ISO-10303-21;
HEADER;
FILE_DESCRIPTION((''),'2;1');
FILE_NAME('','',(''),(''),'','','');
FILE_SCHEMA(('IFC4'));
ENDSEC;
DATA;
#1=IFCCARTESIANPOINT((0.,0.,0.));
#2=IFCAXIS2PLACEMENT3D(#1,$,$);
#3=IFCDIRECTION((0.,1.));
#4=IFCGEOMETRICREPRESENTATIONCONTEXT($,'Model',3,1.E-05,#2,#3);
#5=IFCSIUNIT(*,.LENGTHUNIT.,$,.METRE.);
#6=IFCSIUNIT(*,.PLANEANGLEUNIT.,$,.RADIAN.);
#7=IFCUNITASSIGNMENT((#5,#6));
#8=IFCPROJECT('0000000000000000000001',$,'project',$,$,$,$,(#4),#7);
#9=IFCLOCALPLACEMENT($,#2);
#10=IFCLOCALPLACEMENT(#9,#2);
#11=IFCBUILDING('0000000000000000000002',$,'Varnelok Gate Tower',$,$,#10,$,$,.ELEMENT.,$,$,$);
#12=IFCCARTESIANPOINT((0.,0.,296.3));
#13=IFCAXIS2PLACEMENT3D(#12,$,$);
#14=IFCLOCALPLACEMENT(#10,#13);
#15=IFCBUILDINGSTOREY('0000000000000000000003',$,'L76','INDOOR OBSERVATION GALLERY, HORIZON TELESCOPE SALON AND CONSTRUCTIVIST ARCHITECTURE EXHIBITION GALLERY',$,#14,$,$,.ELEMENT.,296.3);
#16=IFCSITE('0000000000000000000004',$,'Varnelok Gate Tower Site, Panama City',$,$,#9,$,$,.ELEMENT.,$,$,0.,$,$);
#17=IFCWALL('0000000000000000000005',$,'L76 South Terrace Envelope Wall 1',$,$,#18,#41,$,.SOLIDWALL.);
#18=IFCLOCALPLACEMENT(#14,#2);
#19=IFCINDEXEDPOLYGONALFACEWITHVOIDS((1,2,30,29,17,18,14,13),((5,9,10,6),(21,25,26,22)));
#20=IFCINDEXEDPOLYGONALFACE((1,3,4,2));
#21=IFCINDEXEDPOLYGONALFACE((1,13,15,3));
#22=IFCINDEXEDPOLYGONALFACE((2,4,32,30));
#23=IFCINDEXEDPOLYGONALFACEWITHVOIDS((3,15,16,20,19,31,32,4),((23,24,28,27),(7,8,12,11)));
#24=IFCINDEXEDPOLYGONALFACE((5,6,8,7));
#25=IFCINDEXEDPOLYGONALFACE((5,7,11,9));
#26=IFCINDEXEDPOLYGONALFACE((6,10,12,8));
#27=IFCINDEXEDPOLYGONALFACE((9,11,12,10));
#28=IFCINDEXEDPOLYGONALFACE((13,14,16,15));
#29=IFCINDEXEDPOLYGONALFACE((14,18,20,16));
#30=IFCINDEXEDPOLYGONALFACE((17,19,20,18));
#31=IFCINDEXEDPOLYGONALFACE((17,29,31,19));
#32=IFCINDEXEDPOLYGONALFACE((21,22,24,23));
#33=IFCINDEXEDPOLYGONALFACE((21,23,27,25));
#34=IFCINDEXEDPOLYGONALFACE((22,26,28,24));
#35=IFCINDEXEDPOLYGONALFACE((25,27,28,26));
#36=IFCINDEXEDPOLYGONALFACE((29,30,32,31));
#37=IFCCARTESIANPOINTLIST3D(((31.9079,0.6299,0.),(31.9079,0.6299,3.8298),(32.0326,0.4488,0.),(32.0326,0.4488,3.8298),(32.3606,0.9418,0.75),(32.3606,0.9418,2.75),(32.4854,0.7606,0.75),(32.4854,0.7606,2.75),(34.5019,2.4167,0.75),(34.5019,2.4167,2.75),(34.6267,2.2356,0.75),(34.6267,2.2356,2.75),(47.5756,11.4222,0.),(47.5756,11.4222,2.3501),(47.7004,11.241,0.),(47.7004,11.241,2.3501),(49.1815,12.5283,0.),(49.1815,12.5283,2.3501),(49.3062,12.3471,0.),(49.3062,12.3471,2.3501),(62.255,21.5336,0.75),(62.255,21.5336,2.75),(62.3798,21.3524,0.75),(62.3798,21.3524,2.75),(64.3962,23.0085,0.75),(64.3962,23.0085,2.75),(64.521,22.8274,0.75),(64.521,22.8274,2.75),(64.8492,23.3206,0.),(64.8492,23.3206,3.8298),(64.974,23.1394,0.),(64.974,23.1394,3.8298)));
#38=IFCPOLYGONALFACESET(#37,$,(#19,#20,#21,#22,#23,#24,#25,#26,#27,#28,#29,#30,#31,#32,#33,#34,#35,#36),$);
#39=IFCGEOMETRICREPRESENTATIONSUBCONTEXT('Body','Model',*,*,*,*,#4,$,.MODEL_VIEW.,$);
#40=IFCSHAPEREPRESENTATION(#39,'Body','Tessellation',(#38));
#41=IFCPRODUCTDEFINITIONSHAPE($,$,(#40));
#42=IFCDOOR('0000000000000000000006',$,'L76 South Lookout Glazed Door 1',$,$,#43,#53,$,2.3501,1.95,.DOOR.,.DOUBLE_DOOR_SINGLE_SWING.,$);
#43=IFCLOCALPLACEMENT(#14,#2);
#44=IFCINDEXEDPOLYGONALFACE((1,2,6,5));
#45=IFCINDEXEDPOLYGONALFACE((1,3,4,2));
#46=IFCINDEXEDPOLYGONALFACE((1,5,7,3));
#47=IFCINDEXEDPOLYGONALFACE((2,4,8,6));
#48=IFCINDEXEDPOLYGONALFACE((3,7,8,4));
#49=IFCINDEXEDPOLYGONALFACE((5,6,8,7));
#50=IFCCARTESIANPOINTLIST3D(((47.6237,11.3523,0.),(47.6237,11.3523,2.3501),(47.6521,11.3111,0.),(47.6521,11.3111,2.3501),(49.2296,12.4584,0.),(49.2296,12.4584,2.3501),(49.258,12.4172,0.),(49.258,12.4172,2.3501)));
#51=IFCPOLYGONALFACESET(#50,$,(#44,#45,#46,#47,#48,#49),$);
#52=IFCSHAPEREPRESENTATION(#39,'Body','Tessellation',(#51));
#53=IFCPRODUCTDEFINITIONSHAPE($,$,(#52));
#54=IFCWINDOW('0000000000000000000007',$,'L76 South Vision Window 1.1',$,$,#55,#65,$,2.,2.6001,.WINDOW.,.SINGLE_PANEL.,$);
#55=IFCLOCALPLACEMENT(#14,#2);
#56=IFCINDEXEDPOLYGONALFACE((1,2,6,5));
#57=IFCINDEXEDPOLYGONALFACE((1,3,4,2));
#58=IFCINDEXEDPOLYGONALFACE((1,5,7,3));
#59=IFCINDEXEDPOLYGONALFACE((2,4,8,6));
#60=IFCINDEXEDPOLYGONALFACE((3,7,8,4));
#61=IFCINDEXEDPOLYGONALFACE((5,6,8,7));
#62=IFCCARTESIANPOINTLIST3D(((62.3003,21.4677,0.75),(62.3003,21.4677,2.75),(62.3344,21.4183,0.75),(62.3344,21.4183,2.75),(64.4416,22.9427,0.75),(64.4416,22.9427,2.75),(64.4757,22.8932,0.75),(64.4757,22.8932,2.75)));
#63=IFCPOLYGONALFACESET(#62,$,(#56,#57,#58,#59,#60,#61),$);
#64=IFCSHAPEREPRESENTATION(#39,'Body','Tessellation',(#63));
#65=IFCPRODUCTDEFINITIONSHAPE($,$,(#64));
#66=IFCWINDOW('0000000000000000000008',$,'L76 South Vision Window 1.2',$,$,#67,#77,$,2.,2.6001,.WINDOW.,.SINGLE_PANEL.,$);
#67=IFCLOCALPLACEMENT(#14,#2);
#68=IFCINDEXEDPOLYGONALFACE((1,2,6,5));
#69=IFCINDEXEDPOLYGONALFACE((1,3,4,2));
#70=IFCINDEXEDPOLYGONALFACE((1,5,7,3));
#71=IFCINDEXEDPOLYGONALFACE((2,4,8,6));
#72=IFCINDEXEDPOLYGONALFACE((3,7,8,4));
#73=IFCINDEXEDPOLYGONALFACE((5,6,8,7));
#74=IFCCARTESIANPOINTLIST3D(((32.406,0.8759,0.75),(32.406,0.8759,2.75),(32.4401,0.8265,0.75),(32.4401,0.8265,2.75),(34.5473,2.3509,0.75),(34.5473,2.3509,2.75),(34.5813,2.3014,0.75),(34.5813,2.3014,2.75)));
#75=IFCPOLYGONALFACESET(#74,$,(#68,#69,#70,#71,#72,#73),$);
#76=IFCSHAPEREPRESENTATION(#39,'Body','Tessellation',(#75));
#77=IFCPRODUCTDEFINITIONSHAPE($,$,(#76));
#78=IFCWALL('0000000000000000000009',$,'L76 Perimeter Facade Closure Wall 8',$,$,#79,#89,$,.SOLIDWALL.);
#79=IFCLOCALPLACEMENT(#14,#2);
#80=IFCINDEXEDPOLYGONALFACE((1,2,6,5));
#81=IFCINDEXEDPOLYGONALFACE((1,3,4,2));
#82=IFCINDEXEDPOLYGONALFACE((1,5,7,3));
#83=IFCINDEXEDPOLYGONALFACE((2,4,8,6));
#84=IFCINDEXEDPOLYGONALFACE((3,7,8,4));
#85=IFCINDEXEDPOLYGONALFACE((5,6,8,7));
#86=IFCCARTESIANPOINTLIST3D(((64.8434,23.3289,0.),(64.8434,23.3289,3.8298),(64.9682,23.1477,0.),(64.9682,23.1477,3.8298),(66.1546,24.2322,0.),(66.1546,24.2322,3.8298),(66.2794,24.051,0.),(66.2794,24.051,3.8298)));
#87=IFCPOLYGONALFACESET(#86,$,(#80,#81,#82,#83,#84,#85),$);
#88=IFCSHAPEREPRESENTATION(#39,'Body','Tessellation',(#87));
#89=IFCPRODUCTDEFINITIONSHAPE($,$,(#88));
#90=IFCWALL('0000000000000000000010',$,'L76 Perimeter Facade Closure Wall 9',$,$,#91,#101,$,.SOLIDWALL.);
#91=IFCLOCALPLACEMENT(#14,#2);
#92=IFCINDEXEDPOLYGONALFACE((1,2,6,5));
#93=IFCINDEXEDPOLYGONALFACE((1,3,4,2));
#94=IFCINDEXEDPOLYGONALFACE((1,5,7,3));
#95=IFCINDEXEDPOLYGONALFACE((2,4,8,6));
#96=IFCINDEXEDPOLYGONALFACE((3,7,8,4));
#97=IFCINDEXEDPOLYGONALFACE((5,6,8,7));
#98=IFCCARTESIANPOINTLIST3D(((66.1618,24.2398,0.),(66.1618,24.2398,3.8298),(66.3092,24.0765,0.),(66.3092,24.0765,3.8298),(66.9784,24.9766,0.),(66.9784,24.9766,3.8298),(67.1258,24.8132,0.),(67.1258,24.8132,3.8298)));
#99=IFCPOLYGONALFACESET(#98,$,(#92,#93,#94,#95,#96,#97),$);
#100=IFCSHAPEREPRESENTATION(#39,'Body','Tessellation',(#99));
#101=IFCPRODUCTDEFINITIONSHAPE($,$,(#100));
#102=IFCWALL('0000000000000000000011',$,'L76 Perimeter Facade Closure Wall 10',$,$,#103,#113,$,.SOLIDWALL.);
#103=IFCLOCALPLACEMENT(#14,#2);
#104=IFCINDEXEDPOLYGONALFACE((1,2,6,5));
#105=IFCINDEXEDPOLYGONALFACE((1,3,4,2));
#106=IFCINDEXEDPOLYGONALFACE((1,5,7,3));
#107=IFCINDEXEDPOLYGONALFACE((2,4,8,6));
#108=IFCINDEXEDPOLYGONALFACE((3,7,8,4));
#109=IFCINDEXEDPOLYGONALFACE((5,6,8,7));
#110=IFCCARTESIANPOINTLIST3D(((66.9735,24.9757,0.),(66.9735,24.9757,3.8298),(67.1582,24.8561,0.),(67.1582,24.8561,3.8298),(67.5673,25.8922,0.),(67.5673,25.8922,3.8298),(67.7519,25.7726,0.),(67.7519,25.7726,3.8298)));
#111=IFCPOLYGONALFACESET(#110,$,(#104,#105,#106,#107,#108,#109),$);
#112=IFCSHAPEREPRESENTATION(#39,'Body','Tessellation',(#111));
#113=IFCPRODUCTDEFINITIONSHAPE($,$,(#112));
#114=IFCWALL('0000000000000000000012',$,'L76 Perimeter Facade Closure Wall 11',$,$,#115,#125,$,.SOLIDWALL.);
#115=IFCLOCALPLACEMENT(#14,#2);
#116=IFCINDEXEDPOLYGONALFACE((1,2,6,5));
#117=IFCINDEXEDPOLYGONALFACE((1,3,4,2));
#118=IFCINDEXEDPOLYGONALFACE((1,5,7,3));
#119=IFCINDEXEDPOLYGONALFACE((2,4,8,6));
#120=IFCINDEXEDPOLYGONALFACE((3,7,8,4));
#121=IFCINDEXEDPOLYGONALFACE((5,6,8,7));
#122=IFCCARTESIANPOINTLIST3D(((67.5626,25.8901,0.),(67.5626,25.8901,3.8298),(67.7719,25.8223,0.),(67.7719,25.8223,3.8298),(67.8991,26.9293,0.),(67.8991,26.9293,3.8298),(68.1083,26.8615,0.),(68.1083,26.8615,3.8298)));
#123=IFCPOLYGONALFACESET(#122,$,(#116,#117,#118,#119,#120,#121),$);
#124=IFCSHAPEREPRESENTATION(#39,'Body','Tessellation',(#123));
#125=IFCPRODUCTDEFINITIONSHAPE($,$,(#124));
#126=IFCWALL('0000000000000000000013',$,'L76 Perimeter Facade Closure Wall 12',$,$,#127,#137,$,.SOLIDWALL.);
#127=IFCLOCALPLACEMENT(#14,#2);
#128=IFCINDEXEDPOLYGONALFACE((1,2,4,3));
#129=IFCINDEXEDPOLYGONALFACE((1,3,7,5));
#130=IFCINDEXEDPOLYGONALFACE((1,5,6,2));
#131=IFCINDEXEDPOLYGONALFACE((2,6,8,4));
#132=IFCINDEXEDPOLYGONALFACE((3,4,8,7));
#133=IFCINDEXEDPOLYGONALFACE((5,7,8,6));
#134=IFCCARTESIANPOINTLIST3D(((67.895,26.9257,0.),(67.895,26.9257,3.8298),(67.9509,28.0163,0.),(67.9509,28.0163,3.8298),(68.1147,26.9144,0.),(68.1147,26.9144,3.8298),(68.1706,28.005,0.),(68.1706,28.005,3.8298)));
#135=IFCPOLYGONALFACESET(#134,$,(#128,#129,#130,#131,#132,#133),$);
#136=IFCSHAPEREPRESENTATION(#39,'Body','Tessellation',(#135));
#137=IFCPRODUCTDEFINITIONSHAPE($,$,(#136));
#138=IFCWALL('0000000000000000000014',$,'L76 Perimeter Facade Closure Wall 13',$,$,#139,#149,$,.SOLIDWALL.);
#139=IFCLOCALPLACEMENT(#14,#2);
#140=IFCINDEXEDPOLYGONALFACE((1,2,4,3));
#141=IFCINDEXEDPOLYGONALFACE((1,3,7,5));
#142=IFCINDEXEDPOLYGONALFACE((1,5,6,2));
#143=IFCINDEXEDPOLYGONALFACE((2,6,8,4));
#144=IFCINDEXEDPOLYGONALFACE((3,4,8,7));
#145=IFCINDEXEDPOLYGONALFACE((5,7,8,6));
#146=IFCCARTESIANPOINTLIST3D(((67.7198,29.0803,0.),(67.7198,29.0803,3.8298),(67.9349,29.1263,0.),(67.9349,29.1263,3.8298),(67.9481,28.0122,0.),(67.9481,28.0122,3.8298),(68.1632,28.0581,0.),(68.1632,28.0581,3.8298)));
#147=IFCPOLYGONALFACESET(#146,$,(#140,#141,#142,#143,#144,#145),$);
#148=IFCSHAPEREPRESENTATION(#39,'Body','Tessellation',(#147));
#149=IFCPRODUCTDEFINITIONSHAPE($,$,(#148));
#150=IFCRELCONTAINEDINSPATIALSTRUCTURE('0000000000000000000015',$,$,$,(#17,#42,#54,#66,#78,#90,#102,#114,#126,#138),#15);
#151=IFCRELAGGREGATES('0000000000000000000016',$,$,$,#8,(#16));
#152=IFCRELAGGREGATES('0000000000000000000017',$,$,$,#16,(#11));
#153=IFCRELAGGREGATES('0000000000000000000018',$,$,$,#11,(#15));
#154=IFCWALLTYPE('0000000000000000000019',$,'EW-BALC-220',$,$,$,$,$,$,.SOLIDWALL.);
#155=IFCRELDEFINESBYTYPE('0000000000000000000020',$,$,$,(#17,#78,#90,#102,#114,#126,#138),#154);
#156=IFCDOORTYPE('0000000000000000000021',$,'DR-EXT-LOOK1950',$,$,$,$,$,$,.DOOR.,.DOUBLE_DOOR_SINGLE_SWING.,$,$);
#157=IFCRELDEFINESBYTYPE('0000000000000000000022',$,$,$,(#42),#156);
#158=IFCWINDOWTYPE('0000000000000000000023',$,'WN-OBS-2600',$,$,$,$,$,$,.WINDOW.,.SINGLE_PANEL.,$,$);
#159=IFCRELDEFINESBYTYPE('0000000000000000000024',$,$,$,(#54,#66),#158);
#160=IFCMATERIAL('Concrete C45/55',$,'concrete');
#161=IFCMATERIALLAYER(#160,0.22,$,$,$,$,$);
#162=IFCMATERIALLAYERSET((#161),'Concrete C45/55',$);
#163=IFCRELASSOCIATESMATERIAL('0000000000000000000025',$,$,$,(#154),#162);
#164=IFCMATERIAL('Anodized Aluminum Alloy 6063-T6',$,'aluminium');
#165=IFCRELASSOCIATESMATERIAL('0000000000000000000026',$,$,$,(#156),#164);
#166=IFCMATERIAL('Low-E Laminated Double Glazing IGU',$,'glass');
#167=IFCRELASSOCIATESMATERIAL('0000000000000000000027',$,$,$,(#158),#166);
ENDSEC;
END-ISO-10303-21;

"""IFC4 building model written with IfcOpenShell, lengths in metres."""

from ifc_helpers import new_model, si_unit, direction, frame, frame_2d, origin, place, context, subcontext, project, spatial, rectangle, extrude, material, layer, layer_set, type_object, element, fill, save


model = new_model("IFC4")

# Units and contexts
model_context = context("Model", 3, precision=1e-05, world=origin(), true_north=direction((0.0, 1.0)))
body_context = subcontext(model_context, "Body", "Model", "MODEL_VIEW")
ifc_project = project(units=[si_unit("LENGTHUNIT", "METRE"), si_unit("PLANEANGLEUNIT", "RADIAN")], contexts=[model_context])

# Site, building, storey
site_placement = place(None, origin())
site = spatial("IfcSite", under=ifc_project, at=site_placement, Name="Varnelok Gate Tower Site, Panama City", CompositionType="ELEMENT", RefElevation=0.0)
building_placement = place(site_placement, origin())
building = spatial("IfcBuilding", under=site, at=building_placement, Name="Varnelok Gate Tower", CompositionType="ELEMENT")
storey_placement = place(building_placement, frame((0.0, 0.0, 296.3)))
storey = spatial("IfcBuildingStorey", under=building, at=storey_placement, Name="L76", Description="INDOOR OBSERVATION GALLERY, HORIZON TELESCOPE SALON AND CONSTRUCTIVIST ARCHITECTURE EXHIBITION GALLERY", CompositionType="ELEMENT", Elevation=296.3)

# Wall, openings, door, windows
ifc_material_1 = material(Name="Concrete C45/55", Category="concrete")
ifc_layer = layer(ifc_material_1, 0.22)
ifc_layer_set = layer_set([ifc_layer], Name="Concrete C45/55")
wall_type = type_object("IfcWallType", Name="EW-BALC-220", PredefinedType="SOLIDWALL", material=ifc_layer_set)
wall_1_placement = place(storey_placement, frame((64.9116, 23.23, 0.0), z_axis=(0.0, 0.0, 1.0), x_axis=(-0.823534, -0.567266, 0.0)))
wall_1 = element("IfcWall", 1, at=wall_1_placement, inside=storey, type_object=wall_type, Name="L76 South Terrace Envelope Wall 1", PredefinedType="SOLIDWALL", context=body_context, shape_type="SweptSolid", body=[
    extrude(rectangle(XDim=40.0, YDim=0.22, at=frame_2d((20.0, 0.0))), origin(), (0.0, 0.0, 1.0), 3.8298),
])
opening_1_placement = place(wall_1_placement, frame((19.0249, 0.0, 0.0)))
opening_1 = element("IfcOpeningElement", 2, at=opening_1_placement, cuts=wall_1, PredefinedType="OPENING", context=body_context, shape_type="SweptSolid", body=[
    extrude(rectangle(XDim=1.95, YDim=2.3501, at=frame_2d((0.9751, 1.175))), frame((0.0, 0.1199, 0.0), z_axis=(0.0, -1.0, 0.0), x_axis=(1.0, 0.0, 0.0)), (0.0, 0.0, 1.0), 0.24),
])
opening_2_placement = place(wall_1_placement, frame((0.55, 0.0, 0.75)))
opening_2 = element("IfcOpeningElement", 3, at=opening_2_placement, cuts=wall_1, PredefinedType="OPENING", context=body_context, shape_type="SweptSolid", body=[
    extrude(rectangle(XDim=2.6001, YDim=2.0, at=frame_2d((1.3, 1.0))), frame((0.0, 0.1199, 0.0), z_axis=(0.0, -1.0, 0.0), x_axis=(1.0, 0.0, 0.0)), (0.0, 0.0, 1.0), 0.24),
])
opening_3_placement = place(wall_1_placement, frame((36.8501, 0.0, 0.75)))
opening_3 = element("IfcOpeningElement", 4, at=opening_3_placement, cuts=wall_1, PredefinedType="OPENING", context=body_context, shape_type="SweptSolid", body=[
    extrude(rectangle(XDim=2.6001, YDim=2.0, at=frame_2d((1.3, 1.0))), frame((0.0, 0.1199, 0.0), z_axis=(0.0, -1.0, 0.0), x_axis=(1.0, 0.0, 0.0)), (0.0, 0.0, 1.0), 0.24),
])
ifc_material_2 = material(Name="Anodized Aluminum Alloy 6063-T6", Category="aluminium")
door_type = type_object("IfcDoorType", Name="DR-EXT-LOOK1950", OperationType="DOUBLE_DOOR_SINGLE_SWING", PredefinedType="DOOR", material=ifc_material_2)
door_placement = place(opening_1_placement, origin())
door = element("IfcDoor", 5, at=door_placement, inside=storey, type_object=door_type, Name="L76 South Lookout Glazed Door 1", OperationType="DOUBLE_DOOR_SINGLE_SWING", OverallHeight=2.3501, OverallWidth=1.95, PredefinedType="DOOR", context=body_context, shape_type="SweptSolid", body=[
    extrude(rectangle(XDim=1.95, YDim=2.3501, at=frame_2d((0.9751, 1.175))), frame((0.0, 0.0249, 0.0), z_axis=(0.0, -1.0, 0.0), x_axis=(1.0, 0.0, 0.0)), (0.0, 0.0, 1.0), 0.05),
])
fill(opening_1, door)
ifc_material_3 = material(Name="Low-E Laminated Double Glazing IGU", Category="glass")
window_type = type_object("IfcWindowType", Name="WN-OBS-2600", PartitioningType="SINGLE_PANEL", PredefinedType="WINDOW", material=ifc_material_3)
window_1_placement = place(opening_2_placement, origin())
window_1 = element("IfcWindow", 6, at=window_1_placement, inside=storey, type_object=window_type, Name="L76 South Vision Window 1.1", OverallHeight=2.0, OverallWidth=2.6001, PartitioningType="SINGLE_PANEL", PredefinedType="WINDOW", context=body_context, shape_type="SweptSolid", body=[
    extrude(rectangle(XDim=2.6001, YDim=2.0, at=frame_2d((1.3, 1.0))), frame((0.0, 0.03, 0.0), z_axis=(0.0, -1.0, 0.0), x_axis=(1.0, 0.0, 0.0)), (0.0, 0.0, 1.0), 0.0601),
])
fill(opening_2, window_1)
window_2_placement = place(opening_3_placement, origin())
window_2 = element("IfcWindow", 7, at=window_2_placement, inside=storey, type_object=window_type, Name="L76 South Vision Window 1.2", OverallHeight=2.0, OverallWidth=2.6001, PartitioningType="SINGLE_PANEL", PredefinedType="WINDOW", context=body_context, shape_type="SweptSolid", body=[
    extrude(rectangle(XDim=2.6001, YDim=2.0, at=frame_2d((1.3, 1.0))), frame((0.0, 0.03, 0.0), z_axis=(0.0, -1.0, 0.0), x_axis=(1.0, 0.0, 0.0)), (0.0, 0.0, 1.0), 0.0601),
])
fill(opening_3, window_2)

# Walls
wall_2_placement = place(storey_placement, frame((64.9058, 23.2383, 0.0), z_axis=(0.0, 0.0, 1.0), x_axis=(0.823509, 0.567303, 0.0)))
element("IfcWall", 8, at=wall_2_placement, inside=storey, type_object=wall_type, Name="L76 Perimeter Facade Closure Wall 8", PredefinedType="SOLIDWALL", context=body_context, shape_type="SweptSolid", body=[
    extrude(rectangle(XDim=1.5923, YDim=0.22, at=frame_2d((0.7961, 0.0))), origin(), (0.0, 0.0, 1.0), 3.8298),
])
wall_3_placement = place(storey_placement, frame((66.2356, 24.1582, 0.0), z_axis=(0.0, 0.0, 1.0), x_axis=(0.742466, 0.669884, 0.0)))
element("IfcWall", 9, at=wall_3_placement, inside=storey, type_object=wall_type, Name="L76 Perimeter Facade Closure Wall 9", PredefinedType="SOLIDWALL", context=body_context, shape_type="SweptSolid", body=[
    extrude(rectangle(XDim=1.0999, YDim=0.22, at=frame_2d((0.5498, 0.0))), origin(), (0.0, 0.0, 1.0), 3.8298),
])
wall_4_placement = place(storey_placement, frame((67.0659, 24.916, 0.0), z_axis=(0.0, 0.0, 1.0), x_axis=(0.543715, 0.83927, 0.0)))
element("IfcWall", 10, at=wall_4_placement, inside=storey, type_object=wall_type, Name="L76 Perimeter Facade Closure Wall 10", PredefinedType="SOLIDWALL", context=body_context, shape_type="SweptSolid", body=[
    extrude(rectangle(XDim=1.092, YDim=0.22, at=frame_2d((0.5459, 0.0))), origin(), (0.0, 0.0, 1.0), 3.8298),
])
wall_5_placement = place(storey_placement, frame((67.6672, 25.8562, 0.0), z_axis=(0.0, 0.0, 1.0), x_axis=(0.308035, 0.951375, 0.0)))
element("IfcWall", 11, at=wall_5_placement, inside=storey, type_object=wall_type, Name="L76 Perimeter Facade Closure Wall 11", PredefinedType="SOLIDWALL", context=body_context, shape_type="SweptSolid", body=[
    extrude(rectangle(XDim=1.0923, YDim=0.22, at=frame_2d((0.5461, 0.0))), origin(), (0.0, 0.0, 1.0), 3.8298),
])
wall_6_placement = place(storey_placement, frame((68.0049, 26.9202, 0.0), z_axis=(0.0, 0.0, 1.0), x_axis=(0.051198, 0.998689, 0.0)))
element("IfcWall", 12, at=wall_6_placement, inside=storey, type_object=wall_type, Name="L76 Perimeter Facade Closure Wall 12", PredefinedType="SOLIDWALL", context=body_context, shape_type="SweptSolid", body=[
    extrude(rectangle(XDim=1.092, YDim=0.22, at=frame_2d((0.5459, 0.0))), origin(), (0.0, 0.0, 1.0), 3.8298),
])
wall_7_placement = place(storey_placement, frame((68.0557, 28.0352, 0.0), z_axis=(0.0, 0.0, 1.0), x_axis=(-0.208995, 0.977917, 0.0)))
element("IfcWall", 13, at=wall_7_placement, inside=storey, type_object=wall_type, Name="L76 Perimeter Facade Closure Wall 13", PredefinedType="SOLIDWALL", context=body_context, shape_type="SweptSolid", body=[
    extrude(rectangle(XDim=1.0923, YDim=0.22, at=frame_2d((0.5461, 0.0))), origin(), (0.0, 0.0, 1.0), 3.8298),
])

save(model, "model.ifc")
